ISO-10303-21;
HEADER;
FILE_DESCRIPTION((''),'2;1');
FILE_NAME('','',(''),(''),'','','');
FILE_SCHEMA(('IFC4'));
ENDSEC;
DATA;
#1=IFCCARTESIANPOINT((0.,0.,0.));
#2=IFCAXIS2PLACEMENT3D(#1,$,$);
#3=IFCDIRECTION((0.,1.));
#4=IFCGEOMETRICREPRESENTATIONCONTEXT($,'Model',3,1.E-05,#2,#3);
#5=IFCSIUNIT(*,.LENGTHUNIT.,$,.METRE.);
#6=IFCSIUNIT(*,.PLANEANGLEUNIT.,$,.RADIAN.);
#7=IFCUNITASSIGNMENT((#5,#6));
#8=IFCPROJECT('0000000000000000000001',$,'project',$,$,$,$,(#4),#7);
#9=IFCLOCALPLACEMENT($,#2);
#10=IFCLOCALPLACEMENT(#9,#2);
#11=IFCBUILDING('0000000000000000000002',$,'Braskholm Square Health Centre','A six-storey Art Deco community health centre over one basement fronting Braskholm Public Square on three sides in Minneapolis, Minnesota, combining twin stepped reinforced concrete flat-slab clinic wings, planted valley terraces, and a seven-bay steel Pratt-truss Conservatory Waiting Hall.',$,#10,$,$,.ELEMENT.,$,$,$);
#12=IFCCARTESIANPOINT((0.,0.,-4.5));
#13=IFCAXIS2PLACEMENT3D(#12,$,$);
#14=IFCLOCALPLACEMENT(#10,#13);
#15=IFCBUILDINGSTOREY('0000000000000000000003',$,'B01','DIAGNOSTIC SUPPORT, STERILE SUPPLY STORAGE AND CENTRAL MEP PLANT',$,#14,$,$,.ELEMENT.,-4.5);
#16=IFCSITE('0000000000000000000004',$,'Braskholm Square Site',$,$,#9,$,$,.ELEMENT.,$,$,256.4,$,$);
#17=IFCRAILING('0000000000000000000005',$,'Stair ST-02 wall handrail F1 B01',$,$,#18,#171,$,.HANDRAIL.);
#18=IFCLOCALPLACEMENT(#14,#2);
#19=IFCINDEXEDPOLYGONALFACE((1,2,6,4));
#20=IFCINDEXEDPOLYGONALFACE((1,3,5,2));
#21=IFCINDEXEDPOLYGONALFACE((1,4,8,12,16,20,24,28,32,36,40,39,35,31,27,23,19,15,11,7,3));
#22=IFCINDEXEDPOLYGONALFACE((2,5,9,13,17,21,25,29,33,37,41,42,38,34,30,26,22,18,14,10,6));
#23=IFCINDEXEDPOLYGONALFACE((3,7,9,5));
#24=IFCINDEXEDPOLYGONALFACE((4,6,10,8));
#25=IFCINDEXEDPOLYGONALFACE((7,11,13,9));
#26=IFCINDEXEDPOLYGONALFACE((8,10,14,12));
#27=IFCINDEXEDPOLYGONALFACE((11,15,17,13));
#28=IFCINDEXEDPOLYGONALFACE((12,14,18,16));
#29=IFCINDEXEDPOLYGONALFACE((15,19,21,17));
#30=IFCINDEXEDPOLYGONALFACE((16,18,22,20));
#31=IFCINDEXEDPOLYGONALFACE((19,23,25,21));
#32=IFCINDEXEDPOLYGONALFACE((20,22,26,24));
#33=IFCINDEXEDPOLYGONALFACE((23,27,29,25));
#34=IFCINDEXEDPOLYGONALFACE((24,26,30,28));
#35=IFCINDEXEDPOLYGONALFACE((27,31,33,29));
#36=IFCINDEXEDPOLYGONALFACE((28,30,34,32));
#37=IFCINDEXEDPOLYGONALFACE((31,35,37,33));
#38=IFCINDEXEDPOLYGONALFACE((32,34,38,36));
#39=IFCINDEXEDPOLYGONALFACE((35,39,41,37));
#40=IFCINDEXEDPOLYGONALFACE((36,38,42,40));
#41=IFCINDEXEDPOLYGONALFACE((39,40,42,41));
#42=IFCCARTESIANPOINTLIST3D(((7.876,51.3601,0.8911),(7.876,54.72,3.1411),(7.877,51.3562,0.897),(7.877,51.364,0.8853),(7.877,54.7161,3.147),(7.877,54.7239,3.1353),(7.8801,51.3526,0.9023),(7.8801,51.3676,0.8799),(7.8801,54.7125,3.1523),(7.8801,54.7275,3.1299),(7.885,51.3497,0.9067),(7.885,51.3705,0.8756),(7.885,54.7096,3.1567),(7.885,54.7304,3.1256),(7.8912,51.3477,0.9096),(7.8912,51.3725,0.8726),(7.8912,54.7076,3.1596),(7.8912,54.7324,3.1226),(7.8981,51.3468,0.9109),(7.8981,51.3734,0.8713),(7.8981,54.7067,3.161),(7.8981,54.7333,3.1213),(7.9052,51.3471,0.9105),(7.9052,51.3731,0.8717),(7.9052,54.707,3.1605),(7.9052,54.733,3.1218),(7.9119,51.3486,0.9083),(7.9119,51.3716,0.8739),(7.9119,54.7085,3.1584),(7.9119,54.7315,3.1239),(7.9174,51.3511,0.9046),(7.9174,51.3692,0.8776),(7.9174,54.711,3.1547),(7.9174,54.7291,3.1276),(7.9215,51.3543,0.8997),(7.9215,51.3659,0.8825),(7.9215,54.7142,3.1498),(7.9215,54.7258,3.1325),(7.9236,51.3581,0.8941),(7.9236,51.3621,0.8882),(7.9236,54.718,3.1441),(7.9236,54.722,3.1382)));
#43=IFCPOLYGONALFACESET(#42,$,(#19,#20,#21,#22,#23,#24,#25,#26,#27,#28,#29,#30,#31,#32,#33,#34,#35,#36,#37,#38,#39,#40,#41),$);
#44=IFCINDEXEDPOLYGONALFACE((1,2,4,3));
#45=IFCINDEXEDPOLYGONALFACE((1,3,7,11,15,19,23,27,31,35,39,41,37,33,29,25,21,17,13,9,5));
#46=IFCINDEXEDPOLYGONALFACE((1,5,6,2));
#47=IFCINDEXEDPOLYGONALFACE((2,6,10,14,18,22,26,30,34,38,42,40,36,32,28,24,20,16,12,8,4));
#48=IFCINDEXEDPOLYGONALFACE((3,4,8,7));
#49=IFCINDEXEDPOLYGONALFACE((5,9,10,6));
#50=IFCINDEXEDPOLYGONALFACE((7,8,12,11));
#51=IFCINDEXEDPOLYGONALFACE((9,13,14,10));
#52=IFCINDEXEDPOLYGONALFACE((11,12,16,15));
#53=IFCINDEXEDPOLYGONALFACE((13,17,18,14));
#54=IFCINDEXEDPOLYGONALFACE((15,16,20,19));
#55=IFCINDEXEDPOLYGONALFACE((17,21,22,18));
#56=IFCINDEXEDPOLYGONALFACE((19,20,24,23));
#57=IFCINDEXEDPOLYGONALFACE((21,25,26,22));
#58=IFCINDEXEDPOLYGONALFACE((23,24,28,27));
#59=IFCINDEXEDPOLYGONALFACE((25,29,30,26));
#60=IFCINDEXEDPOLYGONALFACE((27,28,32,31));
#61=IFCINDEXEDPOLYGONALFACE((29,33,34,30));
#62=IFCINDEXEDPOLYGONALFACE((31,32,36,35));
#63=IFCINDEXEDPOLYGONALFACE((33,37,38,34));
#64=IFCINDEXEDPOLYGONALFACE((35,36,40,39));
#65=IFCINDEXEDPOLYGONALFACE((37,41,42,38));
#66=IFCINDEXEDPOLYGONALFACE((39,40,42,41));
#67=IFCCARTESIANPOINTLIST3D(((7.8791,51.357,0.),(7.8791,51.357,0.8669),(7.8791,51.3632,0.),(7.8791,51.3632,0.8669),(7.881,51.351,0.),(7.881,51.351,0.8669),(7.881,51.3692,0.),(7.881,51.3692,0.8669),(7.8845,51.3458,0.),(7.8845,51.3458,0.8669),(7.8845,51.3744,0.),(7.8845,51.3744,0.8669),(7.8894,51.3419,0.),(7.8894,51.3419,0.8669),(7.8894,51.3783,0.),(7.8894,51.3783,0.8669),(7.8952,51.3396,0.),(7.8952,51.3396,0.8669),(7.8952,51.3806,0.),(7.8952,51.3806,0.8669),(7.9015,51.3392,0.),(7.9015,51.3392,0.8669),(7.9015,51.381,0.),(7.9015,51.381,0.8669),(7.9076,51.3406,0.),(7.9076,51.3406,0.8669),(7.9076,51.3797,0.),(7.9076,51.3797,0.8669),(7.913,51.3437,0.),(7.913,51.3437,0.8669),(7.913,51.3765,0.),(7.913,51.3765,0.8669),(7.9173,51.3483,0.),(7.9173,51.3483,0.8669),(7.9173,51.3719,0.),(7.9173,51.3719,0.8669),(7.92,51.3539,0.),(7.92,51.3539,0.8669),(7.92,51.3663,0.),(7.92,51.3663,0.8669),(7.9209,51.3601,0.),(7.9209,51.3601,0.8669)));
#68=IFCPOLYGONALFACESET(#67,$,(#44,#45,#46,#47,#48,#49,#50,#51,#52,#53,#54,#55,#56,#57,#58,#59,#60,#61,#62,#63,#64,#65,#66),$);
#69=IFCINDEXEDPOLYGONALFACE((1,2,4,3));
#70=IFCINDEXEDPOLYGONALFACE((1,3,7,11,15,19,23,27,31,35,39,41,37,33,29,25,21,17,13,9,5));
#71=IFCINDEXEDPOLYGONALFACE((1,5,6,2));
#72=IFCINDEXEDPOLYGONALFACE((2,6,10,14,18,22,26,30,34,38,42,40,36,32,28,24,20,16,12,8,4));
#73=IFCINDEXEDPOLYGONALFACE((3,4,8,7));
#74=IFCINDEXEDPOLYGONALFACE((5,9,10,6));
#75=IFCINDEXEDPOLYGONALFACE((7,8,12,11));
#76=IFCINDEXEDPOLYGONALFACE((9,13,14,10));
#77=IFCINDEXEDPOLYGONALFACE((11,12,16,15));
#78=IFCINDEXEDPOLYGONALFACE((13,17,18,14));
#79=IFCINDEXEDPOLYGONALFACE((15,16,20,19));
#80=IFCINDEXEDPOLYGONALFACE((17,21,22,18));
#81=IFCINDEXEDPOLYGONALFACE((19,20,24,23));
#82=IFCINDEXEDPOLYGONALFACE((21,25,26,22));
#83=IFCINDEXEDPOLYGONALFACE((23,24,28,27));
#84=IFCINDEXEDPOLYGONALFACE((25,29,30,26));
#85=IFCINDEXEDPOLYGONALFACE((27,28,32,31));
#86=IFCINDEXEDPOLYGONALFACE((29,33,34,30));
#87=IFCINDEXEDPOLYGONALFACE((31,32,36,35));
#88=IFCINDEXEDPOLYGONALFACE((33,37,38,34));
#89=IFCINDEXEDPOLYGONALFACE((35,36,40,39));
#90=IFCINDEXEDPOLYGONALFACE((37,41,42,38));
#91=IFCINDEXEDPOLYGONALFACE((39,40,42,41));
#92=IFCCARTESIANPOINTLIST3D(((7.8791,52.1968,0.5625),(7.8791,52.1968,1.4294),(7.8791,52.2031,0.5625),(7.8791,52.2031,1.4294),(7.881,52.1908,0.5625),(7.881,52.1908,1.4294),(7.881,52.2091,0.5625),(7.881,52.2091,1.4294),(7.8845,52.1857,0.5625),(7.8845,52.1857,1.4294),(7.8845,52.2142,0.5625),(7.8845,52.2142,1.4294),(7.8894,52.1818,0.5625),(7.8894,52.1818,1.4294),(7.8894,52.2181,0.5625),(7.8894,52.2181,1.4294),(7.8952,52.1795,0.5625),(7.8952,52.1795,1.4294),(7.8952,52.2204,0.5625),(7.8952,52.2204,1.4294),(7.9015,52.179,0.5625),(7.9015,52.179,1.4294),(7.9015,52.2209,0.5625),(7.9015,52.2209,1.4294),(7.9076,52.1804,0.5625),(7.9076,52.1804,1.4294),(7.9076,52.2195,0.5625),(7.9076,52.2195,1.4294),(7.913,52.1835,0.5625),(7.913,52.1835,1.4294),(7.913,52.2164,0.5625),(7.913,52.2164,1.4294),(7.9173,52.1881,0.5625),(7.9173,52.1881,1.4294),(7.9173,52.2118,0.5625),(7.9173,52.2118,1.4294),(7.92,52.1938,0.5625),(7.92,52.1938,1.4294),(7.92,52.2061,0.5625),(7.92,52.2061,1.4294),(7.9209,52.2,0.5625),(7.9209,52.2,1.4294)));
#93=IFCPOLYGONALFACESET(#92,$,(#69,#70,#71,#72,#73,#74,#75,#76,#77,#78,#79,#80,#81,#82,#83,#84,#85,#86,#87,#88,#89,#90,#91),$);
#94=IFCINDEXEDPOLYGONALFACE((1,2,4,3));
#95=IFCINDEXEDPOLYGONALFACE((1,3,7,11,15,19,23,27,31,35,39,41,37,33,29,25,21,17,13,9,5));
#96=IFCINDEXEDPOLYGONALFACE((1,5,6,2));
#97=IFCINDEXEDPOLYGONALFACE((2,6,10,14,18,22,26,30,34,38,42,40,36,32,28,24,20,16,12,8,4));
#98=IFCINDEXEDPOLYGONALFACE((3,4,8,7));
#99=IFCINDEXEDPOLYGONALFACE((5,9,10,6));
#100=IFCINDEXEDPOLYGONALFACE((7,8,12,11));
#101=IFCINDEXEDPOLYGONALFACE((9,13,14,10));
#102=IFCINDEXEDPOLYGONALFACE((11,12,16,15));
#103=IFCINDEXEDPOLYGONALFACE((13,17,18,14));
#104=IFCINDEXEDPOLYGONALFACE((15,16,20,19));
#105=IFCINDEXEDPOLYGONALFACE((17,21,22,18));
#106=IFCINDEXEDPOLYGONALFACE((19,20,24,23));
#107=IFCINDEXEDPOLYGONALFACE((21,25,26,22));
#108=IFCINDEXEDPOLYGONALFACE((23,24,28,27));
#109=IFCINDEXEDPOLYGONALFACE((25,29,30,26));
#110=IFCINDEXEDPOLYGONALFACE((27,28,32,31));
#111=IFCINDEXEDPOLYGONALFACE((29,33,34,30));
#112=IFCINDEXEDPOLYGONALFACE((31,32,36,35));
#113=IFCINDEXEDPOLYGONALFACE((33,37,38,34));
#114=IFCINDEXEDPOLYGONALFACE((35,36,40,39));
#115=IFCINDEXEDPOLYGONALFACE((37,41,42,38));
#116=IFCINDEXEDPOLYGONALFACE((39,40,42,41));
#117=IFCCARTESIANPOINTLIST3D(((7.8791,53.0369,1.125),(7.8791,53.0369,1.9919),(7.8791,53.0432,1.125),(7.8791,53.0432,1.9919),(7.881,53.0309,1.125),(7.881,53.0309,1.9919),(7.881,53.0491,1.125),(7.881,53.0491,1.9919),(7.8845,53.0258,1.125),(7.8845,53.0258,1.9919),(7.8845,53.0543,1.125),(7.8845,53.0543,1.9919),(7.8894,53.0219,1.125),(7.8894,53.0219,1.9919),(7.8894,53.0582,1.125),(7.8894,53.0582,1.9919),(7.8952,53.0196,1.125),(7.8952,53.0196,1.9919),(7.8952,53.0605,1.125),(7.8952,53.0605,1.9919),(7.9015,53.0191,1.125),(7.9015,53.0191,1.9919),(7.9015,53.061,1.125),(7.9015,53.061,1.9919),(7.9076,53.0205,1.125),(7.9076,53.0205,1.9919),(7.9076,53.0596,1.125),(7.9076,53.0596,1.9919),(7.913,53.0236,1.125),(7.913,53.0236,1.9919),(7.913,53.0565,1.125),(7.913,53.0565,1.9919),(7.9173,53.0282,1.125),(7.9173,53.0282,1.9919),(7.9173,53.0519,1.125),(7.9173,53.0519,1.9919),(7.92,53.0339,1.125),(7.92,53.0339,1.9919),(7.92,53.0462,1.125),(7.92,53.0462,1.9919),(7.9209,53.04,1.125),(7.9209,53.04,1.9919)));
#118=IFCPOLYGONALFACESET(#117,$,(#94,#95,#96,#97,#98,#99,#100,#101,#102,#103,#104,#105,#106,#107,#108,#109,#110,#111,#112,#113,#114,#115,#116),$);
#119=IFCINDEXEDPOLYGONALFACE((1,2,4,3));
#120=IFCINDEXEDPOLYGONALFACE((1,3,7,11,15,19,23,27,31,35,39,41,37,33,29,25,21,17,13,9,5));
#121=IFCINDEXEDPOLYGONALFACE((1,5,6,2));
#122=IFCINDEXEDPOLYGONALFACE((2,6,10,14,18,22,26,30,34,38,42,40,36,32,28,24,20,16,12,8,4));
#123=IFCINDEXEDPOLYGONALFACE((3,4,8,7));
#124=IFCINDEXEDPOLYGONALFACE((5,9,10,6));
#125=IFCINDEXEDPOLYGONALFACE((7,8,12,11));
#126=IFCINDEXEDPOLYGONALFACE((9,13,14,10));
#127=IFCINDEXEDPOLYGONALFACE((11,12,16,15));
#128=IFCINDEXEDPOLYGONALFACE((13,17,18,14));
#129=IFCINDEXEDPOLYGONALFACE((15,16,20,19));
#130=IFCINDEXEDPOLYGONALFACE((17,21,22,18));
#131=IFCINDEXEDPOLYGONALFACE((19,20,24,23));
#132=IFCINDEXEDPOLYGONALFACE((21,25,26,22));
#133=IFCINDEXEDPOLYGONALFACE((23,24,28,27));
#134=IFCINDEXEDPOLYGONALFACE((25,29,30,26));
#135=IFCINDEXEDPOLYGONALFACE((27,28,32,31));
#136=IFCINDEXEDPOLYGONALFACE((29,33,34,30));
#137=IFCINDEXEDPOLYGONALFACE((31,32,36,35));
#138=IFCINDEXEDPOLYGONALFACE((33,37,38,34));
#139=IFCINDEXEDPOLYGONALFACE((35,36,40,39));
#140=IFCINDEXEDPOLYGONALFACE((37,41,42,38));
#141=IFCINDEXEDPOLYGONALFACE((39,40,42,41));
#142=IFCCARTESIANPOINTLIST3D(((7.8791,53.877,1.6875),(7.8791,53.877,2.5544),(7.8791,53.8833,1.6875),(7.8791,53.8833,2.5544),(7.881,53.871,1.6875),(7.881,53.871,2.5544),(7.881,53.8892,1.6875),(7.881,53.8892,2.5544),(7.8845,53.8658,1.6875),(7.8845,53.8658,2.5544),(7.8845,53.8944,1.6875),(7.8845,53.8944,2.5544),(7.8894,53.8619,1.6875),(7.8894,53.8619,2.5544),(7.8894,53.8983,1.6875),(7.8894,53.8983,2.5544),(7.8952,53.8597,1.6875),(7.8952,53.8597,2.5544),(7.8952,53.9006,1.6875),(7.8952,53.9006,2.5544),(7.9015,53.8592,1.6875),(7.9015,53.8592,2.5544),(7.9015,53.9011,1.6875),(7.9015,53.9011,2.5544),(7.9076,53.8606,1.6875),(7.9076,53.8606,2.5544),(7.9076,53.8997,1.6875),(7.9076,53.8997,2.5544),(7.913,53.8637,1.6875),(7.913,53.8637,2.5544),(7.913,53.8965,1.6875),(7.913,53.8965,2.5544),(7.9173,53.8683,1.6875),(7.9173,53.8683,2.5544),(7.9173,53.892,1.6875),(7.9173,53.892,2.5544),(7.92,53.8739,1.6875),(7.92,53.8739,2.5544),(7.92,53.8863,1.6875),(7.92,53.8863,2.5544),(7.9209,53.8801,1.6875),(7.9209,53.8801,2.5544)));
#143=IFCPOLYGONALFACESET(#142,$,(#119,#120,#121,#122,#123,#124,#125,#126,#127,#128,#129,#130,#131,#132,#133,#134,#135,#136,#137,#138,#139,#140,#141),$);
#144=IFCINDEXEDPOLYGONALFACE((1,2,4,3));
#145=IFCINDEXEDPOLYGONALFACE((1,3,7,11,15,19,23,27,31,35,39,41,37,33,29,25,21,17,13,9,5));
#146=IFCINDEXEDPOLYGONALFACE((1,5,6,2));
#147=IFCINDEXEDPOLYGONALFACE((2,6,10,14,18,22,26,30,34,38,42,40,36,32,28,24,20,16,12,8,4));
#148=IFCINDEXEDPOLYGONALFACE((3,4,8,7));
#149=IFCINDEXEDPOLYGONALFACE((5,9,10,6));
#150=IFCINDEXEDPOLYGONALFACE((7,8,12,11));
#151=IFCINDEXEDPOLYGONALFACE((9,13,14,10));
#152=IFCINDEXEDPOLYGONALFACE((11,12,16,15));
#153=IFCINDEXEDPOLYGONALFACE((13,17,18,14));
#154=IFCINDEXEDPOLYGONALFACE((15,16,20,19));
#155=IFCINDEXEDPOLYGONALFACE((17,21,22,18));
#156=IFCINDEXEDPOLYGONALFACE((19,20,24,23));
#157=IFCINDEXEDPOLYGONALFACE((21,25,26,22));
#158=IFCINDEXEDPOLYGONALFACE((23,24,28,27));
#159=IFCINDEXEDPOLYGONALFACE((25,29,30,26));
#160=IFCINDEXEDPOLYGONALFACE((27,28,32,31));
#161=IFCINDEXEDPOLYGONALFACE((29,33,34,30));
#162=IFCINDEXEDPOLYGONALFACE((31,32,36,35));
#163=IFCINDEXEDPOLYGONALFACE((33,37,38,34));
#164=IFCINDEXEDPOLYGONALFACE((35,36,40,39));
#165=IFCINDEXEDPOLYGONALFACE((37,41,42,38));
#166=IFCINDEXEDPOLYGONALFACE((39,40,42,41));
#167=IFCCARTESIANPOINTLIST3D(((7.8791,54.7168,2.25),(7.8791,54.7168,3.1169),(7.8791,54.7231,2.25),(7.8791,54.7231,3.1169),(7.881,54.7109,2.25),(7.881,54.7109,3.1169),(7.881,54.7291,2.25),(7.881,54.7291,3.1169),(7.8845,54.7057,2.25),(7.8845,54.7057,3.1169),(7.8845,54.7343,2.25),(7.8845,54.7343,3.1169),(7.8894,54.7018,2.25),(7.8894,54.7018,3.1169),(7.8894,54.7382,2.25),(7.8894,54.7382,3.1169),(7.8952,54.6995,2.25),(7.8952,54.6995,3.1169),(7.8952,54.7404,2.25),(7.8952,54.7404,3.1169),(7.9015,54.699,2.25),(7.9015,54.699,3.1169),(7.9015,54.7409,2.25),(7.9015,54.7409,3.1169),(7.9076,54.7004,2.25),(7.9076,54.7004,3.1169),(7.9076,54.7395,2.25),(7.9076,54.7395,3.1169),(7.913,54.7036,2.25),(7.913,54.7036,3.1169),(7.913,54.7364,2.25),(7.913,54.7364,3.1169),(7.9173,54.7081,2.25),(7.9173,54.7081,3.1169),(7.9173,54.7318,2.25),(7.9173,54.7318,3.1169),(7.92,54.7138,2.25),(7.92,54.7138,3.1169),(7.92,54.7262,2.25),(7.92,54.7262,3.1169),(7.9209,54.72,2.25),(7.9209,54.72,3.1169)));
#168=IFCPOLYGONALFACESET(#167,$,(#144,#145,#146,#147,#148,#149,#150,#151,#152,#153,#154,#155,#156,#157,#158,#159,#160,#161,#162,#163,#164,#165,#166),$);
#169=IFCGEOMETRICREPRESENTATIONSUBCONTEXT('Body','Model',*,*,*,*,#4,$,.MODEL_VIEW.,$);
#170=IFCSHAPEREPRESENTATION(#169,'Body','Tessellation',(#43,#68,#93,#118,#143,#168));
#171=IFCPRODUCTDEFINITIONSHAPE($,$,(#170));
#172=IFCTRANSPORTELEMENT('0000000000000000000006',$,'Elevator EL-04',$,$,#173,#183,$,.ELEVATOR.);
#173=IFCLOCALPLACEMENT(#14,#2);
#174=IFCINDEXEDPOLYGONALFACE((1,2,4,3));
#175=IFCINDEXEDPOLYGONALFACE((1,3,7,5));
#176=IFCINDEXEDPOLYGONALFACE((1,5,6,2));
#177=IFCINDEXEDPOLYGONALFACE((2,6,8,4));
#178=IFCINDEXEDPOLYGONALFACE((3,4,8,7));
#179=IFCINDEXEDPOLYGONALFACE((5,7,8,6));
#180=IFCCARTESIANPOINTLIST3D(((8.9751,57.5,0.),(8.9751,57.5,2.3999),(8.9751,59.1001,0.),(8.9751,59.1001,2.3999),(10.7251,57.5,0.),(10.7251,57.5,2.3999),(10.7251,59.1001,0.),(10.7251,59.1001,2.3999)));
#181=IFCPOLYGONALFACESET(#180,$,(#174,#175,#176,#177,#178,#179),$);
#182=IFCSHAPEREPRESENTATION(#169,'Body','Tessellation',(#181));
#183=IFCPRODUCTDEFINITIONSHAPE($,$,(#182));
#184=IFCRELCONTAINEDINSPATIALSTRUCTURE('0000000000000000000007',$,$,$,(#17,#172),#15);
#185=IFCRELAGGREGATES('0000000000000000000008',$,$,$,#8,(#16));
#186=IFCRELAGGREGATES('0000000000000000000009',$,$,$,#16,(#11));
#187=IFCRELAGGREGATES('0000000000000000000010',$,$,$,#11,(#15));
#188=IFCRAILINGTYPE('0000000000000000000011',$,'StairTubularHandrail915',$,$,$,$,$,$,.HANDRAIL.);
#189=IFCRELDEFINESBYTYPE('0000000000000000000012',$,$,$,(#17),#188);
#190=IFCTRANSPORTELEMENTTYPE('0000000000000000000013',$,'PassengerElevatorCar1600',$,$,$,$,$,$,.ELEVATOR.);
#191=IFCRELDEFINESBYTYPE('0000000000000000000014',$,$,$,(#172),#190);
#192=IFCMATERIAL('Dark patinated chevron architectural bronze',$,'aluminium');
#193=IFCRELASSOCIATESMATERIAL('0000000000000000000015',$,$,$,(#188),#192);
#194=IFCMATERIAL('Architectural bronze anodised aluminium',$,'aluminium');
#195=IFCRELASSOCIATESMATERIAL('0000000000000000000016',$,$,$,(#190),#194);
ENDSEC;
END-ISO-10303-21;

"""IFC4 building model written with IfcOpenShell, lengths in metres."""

from ifc_helpers import new_model, si_unit, direction, frame, origin, origin_2d, place, context, subcontext, project, spatial, rectangle, circle, extrude, material, type_object, element, save


model = new_model("IFC4")

# Units and contexts
model_context = context("Model", 3, precision=1e-05, world=origin(), true_north=direction((0.0, 1.0)))
body_context = subcontext(model_context, "Body", "Model", "MODEL_VIEW")
ifc_project = project(units=[si_unit("LENGTHUNIT", "METRE"), si_unit("PLANEANGLEUNIT", "RADIAN")], contexts=[model_context])

# Site, building, storey
site_placement = place(None, origin())
site = spatial("IfcSite", under=ifc_project, at=site_placement, Name="Braskholm Square Site", CompositionType="ELEMENT", RefElevation=256.4)
building_placement = place(site_placement, origin())
building = spatial("IfcBuilding", under=site, at=building_placement, Name="Braskholm Square Health Centre", Description="A six-storey Art Deco community health centre over one basement fronting Braskholm Public Square on three sides in Minneapolis, Minnesota, combining twin stepped reinforced concrete flat-slab clinic wings, planted valley terraces, and a seven-bay steel Pratt-truss Conservatory Waiting Hall.", CompositionType="ELEMENT")
storey_placement = place(building_placement, frame((0.0, 0.0, -4.5)))
storey = spatial("IfcBuildingStorey", under=building, at=storey_placement, Name="B01", Description="DIAGNOSTIC SUPPORT, STERILE SUPPLY STORAGE AND CENTRAL MEP PLANT", CompositionType="ELEMENT", Elevation=-4.5)

# Railing
ifc_material_1 = material(Name="Dark patinated chevron architectural bronze", Category="aluminium")
railing_type_1 = type_object("IfcRailingType", Name="StairTubularHandrail915", PredefinedType="HANDRAIL", material=ifc_material_1)
railing_1_placement = place(storey_placement, frame((7.8999, 51.3601, 0.0)))
element("IfcRailing", 1, at=railing_1_placement, inside=storey, type_object=railing_type_1, Name="Stair ST-02 wall handrail F1 B01", PredefinedType="HANDRAIL", context=body_context, shape_type="SweptSolid", body=[
    extrude(circle(Radius=0.0239, at=origin_2d()), frame((0.0, 0.0, 0.8911), z_axis=(0.0, 0.830897, 0.556427), x_axis=(-1.0, 0.0, 0.0)), (0.0, 0.0, 1.0), 4.0437),
    extrude(circle(Radius=0.021, at=origin_2d()), origin(), (0.0, 0.0, 1.0), 0.8669),
    extrude(circle(Radius=0.021, at=origin_2d()), frame((0.0, 0.8398, 0.5625)), (0.0, 0.0, 1.0), 0.8669),
    extrude(circle(Radius=0.021, at=origin_2d()), frame((0.0, 1.6799, 1.125)), (0.0, 0.0, 1.0), 0.8669),
    extrude(circle(Radius=0.021, at=origin_2d()), frame((0.0, 2.52, 1.6875)), (0.0, 0.0, 1.0), 0.8669),
    extrude(circle(Radius=0.021, at=origin_2d()), frame((0.0, 3.3599, 2.25)), (0.0, 0.0, 1.0), 0.8669),
])

# Transport element
ifc_material_2 = material(Name="Architectural bronze anodised aluminium", Category="aluminium")
transport_element_type = type_object("IfcTransportElementType", Name="PassengerElevatorCar1600", PredefinedType="ELEVATOR", material=ifc_material_2)
transport_element_placement = place(storey_placement, frame((9.8501, 58.3, 0.0), z_axis=(0.0, 0.0, 1.0), x_axis=(1.0, 0.0, 0.0)))
element("IfcTransportElement", 2, at=transport_element_placement, inside=storey, type_object=transport_element_type, Name="Elevator EL-04", PredefinedType="ELEVATOR", context=body_context, shape_type="SweptSolid", body=[
    extrude(rectangle(XDim=1.75, YDim=1.6001, at=origin_2d()), origin(), (0.0, 0.0, 1.0), 2.3999),
])

save(model, "model.ifc")
